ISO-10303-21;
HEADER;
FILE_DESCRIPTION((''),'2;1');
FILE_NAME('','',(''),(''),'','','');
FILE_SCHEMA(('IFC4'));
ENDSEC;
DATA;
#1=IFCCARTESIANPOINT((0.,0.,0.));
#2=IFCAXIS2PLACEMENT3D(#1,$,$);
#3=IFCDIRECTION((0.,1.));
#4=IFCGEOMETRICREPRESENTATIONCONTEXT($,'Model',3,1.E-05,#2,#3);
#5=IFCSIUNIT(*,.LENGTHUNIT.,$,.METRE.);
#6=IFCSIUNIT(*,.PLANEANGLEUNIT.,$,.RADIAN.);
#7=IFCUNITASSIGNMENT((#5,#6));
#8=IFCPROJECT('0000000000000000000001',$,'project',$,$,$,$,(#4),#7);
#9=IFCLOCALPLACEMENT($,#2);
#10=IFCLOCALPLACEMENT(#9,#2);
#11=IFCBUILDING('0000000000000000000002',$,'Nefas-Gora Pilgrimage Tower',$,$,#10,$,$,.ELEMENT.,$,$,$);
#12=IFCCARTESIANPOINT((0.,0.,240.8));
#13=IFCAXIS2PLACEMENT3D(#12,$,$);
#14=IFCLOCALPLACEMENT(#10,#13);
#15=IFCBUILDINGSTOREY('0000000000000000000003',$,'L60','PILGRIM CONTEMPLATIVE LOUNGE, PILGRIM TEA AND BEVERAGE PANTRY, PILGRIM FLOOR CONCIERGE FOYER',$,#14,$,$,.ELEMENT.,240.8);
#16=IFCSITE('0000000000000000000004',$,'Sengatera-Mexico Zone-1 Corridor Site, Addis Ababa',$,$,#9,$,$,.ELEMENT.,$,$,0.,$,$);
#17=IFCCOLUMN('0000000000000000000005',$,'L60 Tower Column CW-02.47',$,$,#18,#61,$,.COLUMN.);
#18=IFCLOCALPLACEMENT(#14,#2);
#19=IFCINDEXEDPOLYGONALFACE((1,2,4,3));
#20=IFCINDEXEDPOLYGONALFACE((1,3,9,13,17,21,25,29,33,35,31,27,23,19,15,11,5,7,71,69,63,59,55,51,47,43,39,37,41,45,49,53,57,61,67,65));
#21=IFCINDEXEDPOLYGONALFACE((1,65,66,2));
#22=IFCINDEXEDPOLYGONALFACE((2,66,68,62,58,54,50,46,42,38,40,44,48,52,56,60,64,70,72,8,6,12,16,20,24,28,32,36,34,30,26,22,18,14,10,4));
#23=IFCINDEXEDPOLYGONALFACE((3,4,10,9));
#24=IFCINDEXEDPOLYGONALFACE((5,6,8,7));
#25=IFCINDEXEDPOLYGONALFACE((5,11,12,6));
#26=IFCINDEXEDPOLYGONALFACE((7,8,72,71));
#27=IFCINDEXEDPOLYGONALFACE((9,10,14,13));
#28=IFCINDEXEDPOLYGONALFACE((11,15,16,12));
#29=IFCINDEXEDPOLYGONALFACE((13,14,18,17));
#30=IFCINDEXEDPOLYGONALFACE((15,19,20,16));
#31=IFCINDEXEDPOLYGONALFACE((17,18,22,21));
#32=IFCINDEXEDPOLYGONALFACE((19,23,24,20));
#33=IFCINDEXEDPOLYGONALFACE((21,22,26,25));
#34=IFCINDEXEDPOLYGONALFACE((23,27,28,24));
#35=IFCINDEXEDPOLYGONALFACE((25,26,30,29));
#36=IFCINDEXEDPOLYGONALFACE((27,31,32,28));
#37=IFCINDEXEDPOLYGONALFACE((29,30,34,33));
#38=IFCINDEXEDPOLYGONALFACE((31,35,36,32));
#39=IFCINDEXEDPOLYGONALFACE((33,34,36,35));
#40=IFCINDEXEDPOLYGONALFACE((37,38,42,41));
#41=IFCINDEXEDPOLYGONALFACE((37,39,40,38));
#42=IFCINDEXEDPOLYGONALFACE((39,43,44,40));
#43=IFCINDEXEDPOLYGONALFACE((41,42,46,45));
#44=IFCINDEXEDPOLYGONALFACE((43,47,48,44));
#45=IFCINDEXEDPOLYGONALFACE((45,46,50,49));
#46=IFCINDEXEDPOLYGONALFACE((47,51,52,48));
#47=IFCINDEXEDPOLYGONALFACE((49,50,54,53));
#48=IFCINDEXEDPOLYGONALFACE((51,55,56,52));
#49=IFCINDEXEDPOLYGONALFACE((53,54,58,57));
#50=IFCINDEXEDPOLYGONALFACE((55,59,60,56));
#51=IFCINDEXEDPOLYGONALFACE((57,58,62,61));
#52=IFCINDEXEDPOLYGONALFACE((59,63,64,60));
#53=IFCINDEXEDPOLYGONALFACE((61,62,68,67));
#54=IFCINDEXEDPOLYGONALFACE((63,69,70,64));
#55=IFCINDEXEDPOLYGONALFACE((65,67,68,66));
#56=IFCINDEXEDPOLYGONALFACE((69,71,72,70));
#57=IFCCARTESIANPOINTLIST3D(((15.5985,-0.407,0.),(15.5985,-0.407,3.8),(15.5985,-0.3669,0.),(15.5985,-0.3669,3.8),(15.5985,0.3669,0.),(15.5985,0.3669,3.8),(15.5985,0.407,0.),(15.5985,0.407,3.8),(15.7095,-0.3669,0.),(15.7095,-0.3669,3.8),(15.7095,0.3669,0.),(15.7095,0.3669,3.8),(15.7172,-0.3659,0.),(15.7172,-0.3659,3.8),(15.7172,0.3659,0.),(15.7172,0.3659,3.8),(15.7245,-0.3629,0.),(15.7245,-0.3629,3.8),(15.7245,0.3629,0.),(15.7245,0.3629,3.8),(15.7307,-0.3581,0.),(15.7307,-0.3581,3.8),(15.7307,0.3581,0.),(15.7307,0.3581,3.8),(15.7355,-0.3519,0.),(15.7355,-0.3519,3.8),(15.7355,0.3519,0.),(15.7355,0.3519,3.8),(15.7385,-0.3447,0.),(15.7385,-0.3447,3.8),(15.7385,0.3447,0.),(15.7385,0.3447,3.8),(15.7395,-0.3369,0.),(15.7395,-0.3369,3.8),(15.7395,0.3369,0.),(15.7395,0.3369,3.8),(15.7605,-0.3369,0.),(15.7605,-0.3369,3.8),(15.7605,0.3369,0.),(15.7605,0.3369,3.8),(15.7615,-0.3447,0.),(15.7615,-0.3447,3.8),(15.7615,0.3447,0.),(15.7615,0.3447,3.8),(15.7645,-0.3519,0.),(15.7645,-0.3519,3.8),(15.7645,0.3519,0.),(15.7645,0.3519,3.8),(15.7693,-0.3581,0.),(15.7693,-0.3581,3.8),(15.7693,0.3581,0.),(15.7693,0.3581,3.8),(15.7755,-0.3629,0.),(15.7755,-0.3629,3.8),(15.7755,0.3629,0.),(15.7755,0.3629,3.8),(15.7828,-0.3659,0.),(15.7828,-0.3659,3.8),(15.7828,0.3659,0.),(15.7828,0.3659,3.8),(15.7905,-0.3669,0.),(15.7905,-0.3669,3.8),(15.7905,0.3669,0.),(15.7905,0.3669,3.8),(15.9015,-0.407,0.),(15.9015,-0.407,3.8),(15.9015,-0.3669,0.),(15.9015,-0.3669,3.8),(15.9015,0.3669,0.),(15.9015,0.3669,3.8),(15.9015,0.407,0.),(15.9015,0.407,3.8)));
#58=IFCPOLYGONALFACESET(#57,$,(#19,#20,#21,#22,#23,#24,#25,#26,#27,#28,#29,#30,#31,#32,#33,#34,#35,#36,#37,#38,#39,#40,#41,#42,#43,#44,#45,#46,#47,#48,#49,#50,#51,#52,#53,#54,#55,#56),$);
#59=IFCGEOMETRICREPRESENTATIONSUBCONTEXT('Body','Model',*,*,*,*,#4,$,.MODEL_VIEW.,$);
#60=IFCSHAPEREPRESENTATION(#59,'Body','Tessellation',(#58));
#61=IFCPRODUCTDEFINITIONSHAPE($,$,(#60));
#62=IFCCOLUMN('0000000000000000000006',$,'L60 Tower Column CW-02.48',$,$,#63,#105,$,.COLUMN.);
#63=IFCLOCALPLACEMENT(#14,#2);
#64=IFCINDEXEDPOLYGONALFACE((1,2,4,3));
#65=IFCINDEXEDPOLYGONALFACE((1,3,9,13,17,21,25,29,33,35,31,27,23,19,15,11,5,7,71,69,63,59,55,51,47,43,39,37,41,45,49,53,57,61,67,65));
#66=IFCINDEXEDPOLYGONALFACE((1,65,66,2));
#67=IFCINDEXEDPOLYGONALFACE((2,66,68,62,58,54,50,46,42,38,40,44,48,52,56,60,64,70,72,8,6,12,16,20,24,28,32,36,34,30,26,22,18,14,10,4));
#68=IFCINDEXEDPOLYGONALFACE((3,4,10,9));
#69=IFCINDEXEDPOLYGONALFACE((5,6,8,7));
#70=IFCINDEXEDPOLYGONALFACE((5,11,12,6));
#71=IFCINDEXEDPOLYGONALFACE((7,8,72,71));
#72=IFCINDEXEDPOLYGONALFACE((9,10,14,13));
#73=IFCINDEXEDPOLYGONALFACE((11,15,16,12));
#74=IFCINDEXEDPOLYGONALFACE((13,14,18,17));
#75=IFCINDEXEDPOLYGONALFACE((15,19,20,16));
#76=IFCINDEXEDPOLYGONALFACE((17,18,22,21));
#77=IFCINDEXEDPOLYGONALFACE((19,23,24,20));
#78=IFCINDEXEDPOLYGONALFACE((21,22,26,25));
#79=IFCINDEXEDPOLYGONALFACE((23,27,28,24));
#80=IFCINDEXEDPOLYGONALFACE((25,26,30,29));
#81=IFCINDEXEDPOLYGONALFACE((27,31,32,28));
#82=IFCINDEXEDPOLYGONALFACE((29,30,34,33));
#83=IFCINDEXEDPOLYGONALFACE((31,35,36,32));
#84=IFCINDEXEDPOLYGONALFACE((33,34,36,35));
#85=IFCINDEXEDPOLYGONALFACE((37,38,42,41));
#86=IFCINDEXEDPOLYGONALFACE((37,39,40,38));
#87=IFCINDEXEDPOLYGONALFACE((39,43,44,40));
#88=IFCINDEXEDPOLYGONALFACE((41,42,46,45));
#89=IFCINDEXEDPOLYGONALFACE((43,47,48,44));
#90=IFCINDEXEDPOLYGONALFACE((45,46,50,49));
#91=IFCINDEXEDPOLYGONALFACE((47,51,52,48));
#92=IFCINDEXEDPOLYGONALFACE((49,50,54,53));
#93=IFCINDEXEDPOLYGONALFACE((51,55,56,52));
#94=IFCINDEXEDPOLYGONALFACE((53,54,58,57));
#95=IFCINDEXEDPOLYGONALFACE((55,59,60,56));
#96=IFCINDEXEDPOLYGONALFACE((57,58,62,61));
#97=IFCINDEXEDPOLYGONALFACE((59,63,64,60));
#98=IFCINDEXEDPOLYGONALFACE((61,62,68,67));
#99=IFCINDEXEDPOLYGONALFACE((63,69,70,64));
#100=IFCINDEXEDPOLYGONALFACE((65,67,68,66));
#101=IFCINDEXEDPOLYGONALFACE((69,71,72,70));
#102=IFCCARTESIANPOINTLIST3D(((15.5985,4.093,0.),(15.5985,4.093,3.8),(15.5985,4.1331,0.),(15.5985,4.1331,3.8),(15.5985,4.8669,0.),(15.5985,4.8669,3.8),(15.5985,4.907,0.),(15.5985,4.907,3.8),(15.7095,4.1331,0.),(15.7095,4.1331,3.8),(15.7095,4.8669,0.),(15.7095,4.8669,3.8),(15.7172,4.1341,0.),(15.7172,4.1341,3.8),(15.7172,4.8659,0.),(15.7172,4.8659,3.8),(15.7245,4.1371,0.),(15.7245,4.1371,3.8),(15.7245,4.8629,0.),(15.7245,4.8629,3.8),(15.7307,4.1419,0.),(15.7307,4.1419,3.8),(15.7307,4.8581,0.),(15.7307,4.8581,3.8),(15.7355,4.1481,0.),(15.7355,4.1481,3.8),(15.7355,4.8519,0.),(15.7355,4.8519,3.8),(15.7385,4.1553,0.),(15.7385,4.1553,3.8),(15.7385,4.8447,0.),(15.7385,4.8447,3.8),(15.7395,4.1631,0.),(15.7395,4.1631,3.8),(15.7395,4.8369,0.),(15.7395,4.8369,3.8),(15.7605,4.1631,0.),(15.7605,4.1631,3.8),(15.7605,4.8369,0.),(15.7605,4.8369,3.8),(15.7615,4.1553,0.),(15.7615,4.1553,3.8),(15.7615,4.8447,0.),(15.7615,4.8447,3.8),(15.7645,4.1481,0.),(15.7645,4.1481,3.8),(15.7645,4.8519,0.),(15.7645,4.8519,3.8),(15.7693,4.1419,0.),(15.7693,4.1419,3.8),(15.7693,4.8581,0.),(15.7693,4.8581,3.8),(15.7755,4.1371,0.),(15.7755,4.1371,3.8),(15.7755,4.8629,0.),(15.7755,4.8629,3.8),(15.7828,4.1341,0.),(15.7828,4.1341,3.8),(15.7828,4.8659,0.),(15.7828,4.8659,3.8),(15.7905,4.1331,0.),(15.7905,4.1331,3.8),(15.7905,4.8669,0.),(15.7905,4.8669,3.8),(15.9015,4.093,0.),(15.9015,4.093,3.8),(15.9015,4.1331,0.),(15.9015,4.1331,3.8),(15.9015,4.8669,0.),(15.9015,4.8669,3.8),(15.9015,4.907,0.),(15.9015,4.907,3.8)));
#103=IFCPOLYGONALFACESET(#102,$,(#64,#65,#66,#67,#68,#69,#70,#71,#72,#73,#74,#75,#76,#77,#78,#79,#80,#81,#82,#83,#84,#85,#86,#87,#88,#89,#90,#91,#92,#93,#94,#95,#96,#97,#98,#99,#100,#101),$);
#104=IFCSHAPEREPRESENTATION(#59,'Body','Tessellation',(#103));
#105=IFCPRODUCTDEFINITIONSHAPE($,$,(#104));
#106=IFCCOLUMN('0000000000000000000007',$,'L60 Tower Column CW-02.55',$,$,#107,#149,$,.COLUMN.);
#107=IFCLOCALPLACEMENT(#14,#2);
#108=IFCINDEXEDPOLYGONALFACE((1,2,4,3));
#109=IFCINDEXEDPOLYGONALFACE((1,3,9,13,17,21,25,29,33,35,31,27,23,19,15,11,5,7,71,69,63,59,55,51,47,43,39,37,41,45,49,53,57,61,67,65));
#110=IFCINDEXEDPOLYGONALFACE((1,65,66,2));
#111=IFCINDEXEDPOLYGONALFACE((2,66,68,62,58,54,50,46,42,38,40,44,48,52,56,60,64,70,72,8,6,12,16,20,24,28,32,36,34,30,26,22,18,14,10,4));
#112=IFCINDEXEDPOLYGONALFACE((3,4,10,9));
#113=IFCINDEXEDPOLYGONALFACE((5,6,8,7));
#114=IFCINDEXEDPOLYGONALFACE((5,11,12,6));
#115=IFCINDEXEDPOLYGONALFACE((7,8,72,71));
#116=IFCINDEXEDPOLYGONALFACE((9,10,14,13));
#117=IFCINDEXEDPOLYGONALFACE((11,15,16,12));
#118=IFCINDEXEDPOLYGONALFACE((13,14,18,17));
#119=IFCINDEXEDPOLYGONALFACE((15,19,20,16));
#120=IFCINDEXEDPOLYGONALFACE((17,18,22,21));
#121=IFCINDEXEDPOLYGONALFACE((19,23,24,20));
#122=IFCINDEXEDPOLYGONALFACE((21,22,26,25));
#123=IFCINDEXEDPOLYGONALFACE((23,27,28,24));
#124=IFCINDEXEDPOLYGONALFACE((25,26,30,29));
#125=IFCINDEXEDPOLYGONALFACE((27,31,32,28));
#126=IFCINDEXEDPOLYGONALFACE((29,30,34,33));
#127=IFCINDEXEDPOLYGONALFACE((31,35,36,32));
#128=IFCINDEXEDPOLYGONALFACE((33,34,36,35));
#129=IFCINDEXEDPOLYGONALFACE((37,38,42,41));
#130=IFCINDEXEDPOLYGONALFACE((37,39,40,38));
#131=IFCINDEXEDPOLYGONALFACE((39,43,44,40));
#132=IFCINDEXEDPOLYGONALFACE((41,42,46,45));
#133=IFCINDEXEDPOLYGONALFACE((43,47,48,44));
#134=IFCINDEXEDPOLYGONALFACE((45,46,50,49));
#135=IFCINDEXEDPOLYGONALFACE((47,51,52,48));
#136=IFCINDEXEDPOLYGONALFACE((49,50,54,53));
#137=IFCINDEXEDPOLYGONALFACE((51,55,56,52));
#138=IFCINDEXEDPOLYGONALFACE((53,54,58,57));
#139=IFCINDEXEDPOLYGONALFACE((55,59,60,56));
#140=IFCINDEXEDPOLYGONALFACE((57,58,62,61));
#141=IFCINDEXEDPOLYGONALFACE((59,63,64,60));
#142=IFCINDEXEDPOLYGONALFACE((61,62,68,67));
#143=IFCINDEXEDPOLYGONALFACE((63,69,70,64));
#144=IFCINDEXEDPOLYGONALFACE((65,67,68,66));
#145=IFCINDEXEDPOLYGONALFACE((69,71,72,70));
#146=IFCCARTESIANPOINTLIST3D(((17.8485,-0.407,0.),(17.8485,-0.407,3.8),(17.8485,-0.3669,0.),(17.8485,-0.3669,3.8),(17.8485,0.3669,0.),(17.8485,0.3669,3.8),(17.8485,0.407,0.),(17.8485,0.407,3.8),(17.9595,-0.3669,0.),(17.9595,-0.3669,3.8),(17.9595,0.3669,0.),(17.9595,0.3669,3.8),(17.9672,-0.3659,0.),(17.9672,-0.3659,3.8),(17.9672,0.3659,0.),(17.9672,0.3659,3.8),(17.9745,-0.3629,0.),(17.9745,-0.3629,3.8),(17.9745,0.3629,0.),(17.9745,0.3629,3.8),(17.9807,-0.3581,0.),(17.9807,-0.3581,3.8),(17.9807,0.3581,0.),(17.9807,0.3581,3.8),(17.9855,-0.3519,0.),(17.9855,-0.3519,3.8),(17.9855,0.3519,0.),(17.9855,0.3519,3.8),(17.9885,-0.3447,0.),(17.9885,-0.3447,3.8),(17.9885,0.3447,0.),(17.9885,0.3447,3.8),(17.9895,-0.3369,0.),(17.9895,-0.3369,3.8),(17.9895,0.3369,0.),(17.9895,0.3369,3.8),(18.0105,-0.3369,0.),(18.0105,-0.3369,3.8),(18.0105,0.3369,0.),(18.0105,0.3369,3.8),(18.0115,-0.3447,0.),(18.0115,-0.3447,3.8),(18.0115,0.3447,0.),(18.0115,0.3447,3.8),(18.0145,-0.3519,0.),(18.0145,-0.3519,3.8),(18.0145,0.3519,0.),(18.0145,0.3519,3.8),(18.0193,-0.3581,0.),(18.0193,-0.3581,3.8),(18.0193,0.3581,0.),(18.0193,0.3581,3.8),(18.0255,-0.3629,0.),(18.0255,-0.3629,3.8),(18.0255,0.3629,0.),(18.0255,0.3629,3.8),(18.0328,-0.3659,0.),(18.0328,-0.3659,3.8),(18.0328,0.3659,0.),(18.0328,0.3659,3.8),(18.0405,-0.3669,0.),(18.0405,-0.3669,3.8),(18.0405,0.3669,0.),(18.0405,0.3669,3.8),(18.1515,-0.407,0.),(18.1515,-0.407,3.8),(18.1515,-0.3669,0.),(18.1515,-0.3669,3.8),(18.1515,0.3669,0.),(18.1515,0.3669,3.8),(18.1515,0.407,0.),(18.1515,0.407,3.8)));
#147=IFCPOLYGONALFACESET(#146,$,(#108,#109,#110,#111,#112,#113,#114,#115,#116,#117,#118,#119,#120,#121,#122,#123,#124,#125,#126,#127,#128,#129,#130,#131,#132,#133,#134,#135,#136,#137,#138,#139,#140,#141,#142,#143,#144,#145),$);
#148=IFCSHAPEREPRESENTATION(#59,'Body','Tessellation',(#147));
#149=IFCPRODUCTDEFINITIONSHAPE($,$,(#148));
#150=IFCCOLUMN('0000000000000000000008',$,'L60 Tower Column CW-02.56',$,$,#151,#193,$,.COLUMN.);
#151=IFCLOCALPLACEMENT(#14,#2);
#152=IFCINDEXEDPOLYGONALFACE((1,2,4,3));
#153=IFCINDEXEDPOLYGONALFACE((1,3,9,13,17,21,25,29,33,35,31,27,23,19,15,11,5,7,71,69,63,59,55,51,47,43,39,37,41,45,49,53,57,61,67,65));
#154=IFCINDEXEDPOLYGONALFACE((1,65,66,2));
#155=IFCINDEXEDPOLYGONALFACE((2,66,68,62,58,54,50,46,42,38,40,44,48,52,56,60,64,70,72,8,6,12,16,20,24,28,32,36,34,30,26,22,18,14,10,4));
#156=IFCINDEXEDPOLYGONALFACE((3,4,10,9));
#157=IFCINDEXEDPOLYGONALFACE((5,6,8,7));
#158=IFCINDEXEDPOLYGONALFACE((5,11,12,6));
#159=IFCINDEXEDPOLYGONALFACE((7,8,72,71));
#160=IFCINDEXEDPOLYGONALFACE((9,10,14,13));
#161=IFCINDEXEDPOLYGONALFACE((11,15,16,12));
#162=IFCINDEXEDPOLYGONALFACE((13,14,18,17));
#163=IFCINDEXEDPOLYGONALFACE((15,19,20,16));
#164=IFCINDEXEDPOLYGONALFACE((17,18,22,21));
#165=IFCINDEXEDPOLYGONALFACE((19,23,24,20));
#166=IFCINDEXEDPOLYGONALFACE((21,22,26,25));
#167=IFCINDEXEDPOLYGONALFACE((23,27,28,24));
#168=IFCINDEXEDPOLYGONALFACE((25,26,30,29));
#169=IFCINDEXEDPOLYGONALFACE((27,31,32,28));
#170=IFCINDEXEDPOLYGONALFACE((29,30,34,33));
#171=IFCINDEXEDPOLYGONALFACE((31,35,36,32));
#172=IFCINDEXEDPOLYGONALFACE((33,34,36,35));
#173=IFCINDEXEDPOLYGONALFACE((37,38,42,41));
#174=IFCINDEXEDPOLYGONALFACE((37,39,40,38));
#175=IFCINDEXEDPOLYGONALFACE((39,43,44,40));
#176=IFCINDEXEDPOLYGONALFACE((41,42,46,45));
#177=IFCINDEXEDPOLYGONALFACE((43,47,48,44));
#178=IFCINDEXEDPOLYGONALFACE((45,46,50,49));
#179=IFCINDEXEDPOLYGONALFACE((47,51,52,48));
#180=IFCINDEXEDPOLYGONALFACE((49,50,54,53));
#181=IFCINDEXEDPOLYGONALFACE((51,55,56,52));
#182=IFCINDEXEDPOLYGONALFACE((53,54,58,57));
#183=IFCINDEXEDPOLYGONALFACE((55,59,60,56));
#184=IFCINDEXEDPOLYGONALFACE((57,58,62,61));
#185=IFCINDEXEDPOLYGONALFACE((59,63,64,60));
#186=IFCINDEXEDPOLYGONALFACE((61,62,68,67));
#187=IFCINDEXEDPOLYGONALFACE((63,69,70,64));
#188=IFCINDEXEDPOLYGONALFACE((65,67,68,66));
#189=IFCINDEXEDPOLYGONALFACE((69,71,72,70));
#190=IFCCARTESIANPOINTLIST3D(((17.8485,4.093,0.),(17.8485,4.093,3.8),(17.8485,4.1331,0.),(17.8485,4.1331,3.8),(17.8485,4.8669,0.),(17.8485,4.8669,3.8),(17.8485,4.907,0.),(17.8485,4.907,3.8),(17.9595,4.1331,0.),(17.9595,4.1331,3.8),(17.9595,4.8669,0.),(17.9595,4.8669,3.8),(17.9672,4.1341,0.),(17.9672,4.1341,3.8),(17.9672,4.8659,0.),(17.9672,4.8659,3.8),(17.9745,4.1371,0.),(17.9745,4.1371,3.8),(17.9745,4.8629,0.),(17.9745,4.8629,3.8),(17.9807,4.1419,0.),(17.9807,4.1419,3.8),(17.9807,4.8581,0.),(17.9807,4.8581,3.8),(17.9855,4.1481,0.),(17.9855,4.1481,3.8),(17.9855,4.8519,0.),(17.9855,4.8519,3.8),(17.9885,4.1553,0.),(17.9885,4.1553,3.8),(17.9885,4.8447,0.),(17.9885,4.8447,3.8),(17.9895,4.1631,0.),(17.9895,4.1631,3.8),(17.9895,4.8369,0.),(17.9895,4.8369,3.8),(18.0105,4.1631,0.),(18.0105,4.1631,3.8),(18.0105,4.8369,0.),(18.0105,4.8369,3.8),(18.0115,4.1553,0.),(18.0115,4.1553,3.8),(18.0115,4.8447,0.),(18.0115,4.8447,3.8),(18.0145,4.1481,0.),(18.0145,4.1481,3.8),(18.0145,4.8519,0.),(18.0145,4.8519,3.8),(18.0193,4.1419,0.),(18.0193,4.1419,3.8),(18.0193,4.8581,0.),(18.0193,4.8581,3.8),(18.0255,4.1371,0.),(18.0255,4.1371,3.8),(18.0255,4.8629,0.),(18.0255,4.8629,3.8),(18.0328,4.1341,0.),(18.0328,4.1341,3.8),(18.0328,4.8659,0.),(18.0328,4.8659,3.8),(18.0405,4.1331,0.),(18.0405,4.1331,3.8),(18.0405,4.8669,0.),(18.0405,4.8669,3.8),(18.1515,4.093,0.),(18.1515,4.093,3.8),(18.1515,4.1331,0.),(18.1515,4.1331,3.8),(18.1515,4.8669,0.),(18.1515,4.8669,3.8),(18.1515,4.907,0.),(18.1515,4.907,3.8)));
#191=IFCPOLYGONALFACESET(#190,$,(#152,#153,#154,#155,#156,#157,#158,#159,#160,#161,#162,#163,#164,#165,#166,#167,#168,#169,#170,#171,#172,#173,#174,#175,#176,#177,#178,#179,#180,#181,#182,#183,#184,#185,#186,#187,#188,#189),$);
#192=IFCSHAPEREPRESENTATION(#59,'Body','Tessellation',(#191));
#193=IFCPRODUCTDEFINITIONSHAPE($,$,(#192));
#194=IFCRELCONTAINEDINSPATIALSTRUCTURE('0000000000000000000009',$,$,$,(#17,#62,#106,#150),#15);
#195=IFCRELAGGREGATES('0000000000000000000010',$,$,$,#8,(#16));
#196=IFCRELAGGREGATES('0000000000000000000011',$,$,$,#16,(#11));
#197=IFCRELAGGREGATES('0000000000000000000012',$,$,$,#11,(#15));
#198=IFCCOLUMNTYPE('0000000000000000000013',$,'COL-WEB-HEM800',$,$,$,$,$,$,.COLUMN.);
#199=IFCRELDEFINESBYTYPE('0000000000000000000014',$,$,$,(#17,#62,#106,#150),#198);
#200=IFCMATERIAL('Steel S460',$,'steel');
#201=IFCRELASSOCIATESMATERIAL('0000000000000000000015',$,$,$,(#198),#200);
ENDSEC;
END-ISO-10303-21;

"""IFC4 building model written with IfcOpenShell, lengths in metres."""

from ifc_helpers import new_model, si_unit, direction, frame, origin, origin_2d, place, context, subcontext, project, spatial, i_section, extrude, source, transform, mapped, material, material_profile, profile_set, type_object, element, save


model = new_model("IFC4")

# Units and contexts
model_context = context("Model", 3, precision=1e-05, world=origin(), true_north=direction((0.0, 1.0)))
body_context = subcontext(model_context, "Body", "Model", "MODEL_VIEW")
ifc_project = project(units=[si_unit("LENGTHUNIT", "METRE"), si_unit("PLANEANGLEUNIT", "RADIAN")], contexts=[model_context])

# Site, building, storey
site_placement = place(None, origin())
site = spatial("IfcSite", under=ifc_project, at=site_placement, Name="Sengatera-Mexico Zone-1 Corridor Site, Addis Ababa", CompositionType="ELEMENT", RefElevation=0.0)
building_placement = place(site_placement, origin())
building = spatial("IfcBuilding", under=site, at=building_placement, Name="Nefas-Gora Pilgrimage Tower", CompositionType="ELEMENT")
storey_placement = place(building_placement, frame((0.0, 0.0, 240.8)))
storey = spatial("IfcBuildingStorey", under=building, at=storey_placement, Name="L60", Description="PILGRIM CONTEMPLATIVE LOUNGE, PILGRIM TEA AND BEVERAGE PANTRY, PILGRIM FLOOR CONCIERGE FOYER", CompositionType="ELEMENT", Elevation=240.8)

# Columns
ifc_material_1 = material(Name="Steel S460", Category="steel")
ifc_material_profile_1 = material_profile(ifc_material_1, i_section(OverallWidth=0.303, OverallDepth=0.814, WebThickness=0.021, FlangeThickness=0.04, FilletRadius=0.03, at=origin_2d()), Name="HEM 800")
ifc_profile_set_1 = profile_set([ifc_material_profile_1], Name="Steel S460")
column_type_1 = type_object("IfcColumnType", Name="COL-WEB-HEM800", PredefinedType="COLUMN", material=ifc_profile_set_1)
shared_shape_1 = source(origin(), body_context, "Body", "SweptSolid", [
    extrude(i_section(OverallWidth=0.303, OverallDepth=0.814, WebThickness=0.021, FlangeThickness=0.04, FilletRadius=0.03, at=origin_2d()), origin(), (0.0, 0.0, 1.0), 3.8),
])
for number, where, z_axis, x_axis, name in (
    (1, (15.75, 0.0, 0.0), (0.0, 0.0, 1.0), (1.0, 0.0, 0.0), "L60 Tower Column CW-02.47"),
    (2, (15.75, 4.5, 0.0), (0.0, 0.0, 1.0), (1.0, 0.0, 0.0), "L60 Tower Column CW-02.48"),
    (3, (18.0, 0.0, 0.0), (0.0, 0.0, 1.0), (1.0, 0.0, 0.0), "L60 Tower Column CW-02.55"),
    (4, (18.0, 4.5, 0.0), (0.0, 0.0, 1.0), (1.0, 0.0, 0.0), "L60 Tower Column CW-02.56"),
):
    element("IfcColumn", number, at=place(storey_placement, frame(where, z_axis=z_axis, x_axis=x_axis)), inside=storey, type_object=column_type_1, Name=name, PredefinedType="COLUMN", context=body_context, shape_type="MappedRepresentation", body=[
        mapped(shared_shape_1, transform((0.0, 0.0, 0.0), x_axis=(1.0, 0.0, 0.0), y_axis=(0.0, 1.0, 0.0), z_axis=(0.0, 0.0, 1.0), scale=1.0)),
    ])

save(model, "model.ifc")
